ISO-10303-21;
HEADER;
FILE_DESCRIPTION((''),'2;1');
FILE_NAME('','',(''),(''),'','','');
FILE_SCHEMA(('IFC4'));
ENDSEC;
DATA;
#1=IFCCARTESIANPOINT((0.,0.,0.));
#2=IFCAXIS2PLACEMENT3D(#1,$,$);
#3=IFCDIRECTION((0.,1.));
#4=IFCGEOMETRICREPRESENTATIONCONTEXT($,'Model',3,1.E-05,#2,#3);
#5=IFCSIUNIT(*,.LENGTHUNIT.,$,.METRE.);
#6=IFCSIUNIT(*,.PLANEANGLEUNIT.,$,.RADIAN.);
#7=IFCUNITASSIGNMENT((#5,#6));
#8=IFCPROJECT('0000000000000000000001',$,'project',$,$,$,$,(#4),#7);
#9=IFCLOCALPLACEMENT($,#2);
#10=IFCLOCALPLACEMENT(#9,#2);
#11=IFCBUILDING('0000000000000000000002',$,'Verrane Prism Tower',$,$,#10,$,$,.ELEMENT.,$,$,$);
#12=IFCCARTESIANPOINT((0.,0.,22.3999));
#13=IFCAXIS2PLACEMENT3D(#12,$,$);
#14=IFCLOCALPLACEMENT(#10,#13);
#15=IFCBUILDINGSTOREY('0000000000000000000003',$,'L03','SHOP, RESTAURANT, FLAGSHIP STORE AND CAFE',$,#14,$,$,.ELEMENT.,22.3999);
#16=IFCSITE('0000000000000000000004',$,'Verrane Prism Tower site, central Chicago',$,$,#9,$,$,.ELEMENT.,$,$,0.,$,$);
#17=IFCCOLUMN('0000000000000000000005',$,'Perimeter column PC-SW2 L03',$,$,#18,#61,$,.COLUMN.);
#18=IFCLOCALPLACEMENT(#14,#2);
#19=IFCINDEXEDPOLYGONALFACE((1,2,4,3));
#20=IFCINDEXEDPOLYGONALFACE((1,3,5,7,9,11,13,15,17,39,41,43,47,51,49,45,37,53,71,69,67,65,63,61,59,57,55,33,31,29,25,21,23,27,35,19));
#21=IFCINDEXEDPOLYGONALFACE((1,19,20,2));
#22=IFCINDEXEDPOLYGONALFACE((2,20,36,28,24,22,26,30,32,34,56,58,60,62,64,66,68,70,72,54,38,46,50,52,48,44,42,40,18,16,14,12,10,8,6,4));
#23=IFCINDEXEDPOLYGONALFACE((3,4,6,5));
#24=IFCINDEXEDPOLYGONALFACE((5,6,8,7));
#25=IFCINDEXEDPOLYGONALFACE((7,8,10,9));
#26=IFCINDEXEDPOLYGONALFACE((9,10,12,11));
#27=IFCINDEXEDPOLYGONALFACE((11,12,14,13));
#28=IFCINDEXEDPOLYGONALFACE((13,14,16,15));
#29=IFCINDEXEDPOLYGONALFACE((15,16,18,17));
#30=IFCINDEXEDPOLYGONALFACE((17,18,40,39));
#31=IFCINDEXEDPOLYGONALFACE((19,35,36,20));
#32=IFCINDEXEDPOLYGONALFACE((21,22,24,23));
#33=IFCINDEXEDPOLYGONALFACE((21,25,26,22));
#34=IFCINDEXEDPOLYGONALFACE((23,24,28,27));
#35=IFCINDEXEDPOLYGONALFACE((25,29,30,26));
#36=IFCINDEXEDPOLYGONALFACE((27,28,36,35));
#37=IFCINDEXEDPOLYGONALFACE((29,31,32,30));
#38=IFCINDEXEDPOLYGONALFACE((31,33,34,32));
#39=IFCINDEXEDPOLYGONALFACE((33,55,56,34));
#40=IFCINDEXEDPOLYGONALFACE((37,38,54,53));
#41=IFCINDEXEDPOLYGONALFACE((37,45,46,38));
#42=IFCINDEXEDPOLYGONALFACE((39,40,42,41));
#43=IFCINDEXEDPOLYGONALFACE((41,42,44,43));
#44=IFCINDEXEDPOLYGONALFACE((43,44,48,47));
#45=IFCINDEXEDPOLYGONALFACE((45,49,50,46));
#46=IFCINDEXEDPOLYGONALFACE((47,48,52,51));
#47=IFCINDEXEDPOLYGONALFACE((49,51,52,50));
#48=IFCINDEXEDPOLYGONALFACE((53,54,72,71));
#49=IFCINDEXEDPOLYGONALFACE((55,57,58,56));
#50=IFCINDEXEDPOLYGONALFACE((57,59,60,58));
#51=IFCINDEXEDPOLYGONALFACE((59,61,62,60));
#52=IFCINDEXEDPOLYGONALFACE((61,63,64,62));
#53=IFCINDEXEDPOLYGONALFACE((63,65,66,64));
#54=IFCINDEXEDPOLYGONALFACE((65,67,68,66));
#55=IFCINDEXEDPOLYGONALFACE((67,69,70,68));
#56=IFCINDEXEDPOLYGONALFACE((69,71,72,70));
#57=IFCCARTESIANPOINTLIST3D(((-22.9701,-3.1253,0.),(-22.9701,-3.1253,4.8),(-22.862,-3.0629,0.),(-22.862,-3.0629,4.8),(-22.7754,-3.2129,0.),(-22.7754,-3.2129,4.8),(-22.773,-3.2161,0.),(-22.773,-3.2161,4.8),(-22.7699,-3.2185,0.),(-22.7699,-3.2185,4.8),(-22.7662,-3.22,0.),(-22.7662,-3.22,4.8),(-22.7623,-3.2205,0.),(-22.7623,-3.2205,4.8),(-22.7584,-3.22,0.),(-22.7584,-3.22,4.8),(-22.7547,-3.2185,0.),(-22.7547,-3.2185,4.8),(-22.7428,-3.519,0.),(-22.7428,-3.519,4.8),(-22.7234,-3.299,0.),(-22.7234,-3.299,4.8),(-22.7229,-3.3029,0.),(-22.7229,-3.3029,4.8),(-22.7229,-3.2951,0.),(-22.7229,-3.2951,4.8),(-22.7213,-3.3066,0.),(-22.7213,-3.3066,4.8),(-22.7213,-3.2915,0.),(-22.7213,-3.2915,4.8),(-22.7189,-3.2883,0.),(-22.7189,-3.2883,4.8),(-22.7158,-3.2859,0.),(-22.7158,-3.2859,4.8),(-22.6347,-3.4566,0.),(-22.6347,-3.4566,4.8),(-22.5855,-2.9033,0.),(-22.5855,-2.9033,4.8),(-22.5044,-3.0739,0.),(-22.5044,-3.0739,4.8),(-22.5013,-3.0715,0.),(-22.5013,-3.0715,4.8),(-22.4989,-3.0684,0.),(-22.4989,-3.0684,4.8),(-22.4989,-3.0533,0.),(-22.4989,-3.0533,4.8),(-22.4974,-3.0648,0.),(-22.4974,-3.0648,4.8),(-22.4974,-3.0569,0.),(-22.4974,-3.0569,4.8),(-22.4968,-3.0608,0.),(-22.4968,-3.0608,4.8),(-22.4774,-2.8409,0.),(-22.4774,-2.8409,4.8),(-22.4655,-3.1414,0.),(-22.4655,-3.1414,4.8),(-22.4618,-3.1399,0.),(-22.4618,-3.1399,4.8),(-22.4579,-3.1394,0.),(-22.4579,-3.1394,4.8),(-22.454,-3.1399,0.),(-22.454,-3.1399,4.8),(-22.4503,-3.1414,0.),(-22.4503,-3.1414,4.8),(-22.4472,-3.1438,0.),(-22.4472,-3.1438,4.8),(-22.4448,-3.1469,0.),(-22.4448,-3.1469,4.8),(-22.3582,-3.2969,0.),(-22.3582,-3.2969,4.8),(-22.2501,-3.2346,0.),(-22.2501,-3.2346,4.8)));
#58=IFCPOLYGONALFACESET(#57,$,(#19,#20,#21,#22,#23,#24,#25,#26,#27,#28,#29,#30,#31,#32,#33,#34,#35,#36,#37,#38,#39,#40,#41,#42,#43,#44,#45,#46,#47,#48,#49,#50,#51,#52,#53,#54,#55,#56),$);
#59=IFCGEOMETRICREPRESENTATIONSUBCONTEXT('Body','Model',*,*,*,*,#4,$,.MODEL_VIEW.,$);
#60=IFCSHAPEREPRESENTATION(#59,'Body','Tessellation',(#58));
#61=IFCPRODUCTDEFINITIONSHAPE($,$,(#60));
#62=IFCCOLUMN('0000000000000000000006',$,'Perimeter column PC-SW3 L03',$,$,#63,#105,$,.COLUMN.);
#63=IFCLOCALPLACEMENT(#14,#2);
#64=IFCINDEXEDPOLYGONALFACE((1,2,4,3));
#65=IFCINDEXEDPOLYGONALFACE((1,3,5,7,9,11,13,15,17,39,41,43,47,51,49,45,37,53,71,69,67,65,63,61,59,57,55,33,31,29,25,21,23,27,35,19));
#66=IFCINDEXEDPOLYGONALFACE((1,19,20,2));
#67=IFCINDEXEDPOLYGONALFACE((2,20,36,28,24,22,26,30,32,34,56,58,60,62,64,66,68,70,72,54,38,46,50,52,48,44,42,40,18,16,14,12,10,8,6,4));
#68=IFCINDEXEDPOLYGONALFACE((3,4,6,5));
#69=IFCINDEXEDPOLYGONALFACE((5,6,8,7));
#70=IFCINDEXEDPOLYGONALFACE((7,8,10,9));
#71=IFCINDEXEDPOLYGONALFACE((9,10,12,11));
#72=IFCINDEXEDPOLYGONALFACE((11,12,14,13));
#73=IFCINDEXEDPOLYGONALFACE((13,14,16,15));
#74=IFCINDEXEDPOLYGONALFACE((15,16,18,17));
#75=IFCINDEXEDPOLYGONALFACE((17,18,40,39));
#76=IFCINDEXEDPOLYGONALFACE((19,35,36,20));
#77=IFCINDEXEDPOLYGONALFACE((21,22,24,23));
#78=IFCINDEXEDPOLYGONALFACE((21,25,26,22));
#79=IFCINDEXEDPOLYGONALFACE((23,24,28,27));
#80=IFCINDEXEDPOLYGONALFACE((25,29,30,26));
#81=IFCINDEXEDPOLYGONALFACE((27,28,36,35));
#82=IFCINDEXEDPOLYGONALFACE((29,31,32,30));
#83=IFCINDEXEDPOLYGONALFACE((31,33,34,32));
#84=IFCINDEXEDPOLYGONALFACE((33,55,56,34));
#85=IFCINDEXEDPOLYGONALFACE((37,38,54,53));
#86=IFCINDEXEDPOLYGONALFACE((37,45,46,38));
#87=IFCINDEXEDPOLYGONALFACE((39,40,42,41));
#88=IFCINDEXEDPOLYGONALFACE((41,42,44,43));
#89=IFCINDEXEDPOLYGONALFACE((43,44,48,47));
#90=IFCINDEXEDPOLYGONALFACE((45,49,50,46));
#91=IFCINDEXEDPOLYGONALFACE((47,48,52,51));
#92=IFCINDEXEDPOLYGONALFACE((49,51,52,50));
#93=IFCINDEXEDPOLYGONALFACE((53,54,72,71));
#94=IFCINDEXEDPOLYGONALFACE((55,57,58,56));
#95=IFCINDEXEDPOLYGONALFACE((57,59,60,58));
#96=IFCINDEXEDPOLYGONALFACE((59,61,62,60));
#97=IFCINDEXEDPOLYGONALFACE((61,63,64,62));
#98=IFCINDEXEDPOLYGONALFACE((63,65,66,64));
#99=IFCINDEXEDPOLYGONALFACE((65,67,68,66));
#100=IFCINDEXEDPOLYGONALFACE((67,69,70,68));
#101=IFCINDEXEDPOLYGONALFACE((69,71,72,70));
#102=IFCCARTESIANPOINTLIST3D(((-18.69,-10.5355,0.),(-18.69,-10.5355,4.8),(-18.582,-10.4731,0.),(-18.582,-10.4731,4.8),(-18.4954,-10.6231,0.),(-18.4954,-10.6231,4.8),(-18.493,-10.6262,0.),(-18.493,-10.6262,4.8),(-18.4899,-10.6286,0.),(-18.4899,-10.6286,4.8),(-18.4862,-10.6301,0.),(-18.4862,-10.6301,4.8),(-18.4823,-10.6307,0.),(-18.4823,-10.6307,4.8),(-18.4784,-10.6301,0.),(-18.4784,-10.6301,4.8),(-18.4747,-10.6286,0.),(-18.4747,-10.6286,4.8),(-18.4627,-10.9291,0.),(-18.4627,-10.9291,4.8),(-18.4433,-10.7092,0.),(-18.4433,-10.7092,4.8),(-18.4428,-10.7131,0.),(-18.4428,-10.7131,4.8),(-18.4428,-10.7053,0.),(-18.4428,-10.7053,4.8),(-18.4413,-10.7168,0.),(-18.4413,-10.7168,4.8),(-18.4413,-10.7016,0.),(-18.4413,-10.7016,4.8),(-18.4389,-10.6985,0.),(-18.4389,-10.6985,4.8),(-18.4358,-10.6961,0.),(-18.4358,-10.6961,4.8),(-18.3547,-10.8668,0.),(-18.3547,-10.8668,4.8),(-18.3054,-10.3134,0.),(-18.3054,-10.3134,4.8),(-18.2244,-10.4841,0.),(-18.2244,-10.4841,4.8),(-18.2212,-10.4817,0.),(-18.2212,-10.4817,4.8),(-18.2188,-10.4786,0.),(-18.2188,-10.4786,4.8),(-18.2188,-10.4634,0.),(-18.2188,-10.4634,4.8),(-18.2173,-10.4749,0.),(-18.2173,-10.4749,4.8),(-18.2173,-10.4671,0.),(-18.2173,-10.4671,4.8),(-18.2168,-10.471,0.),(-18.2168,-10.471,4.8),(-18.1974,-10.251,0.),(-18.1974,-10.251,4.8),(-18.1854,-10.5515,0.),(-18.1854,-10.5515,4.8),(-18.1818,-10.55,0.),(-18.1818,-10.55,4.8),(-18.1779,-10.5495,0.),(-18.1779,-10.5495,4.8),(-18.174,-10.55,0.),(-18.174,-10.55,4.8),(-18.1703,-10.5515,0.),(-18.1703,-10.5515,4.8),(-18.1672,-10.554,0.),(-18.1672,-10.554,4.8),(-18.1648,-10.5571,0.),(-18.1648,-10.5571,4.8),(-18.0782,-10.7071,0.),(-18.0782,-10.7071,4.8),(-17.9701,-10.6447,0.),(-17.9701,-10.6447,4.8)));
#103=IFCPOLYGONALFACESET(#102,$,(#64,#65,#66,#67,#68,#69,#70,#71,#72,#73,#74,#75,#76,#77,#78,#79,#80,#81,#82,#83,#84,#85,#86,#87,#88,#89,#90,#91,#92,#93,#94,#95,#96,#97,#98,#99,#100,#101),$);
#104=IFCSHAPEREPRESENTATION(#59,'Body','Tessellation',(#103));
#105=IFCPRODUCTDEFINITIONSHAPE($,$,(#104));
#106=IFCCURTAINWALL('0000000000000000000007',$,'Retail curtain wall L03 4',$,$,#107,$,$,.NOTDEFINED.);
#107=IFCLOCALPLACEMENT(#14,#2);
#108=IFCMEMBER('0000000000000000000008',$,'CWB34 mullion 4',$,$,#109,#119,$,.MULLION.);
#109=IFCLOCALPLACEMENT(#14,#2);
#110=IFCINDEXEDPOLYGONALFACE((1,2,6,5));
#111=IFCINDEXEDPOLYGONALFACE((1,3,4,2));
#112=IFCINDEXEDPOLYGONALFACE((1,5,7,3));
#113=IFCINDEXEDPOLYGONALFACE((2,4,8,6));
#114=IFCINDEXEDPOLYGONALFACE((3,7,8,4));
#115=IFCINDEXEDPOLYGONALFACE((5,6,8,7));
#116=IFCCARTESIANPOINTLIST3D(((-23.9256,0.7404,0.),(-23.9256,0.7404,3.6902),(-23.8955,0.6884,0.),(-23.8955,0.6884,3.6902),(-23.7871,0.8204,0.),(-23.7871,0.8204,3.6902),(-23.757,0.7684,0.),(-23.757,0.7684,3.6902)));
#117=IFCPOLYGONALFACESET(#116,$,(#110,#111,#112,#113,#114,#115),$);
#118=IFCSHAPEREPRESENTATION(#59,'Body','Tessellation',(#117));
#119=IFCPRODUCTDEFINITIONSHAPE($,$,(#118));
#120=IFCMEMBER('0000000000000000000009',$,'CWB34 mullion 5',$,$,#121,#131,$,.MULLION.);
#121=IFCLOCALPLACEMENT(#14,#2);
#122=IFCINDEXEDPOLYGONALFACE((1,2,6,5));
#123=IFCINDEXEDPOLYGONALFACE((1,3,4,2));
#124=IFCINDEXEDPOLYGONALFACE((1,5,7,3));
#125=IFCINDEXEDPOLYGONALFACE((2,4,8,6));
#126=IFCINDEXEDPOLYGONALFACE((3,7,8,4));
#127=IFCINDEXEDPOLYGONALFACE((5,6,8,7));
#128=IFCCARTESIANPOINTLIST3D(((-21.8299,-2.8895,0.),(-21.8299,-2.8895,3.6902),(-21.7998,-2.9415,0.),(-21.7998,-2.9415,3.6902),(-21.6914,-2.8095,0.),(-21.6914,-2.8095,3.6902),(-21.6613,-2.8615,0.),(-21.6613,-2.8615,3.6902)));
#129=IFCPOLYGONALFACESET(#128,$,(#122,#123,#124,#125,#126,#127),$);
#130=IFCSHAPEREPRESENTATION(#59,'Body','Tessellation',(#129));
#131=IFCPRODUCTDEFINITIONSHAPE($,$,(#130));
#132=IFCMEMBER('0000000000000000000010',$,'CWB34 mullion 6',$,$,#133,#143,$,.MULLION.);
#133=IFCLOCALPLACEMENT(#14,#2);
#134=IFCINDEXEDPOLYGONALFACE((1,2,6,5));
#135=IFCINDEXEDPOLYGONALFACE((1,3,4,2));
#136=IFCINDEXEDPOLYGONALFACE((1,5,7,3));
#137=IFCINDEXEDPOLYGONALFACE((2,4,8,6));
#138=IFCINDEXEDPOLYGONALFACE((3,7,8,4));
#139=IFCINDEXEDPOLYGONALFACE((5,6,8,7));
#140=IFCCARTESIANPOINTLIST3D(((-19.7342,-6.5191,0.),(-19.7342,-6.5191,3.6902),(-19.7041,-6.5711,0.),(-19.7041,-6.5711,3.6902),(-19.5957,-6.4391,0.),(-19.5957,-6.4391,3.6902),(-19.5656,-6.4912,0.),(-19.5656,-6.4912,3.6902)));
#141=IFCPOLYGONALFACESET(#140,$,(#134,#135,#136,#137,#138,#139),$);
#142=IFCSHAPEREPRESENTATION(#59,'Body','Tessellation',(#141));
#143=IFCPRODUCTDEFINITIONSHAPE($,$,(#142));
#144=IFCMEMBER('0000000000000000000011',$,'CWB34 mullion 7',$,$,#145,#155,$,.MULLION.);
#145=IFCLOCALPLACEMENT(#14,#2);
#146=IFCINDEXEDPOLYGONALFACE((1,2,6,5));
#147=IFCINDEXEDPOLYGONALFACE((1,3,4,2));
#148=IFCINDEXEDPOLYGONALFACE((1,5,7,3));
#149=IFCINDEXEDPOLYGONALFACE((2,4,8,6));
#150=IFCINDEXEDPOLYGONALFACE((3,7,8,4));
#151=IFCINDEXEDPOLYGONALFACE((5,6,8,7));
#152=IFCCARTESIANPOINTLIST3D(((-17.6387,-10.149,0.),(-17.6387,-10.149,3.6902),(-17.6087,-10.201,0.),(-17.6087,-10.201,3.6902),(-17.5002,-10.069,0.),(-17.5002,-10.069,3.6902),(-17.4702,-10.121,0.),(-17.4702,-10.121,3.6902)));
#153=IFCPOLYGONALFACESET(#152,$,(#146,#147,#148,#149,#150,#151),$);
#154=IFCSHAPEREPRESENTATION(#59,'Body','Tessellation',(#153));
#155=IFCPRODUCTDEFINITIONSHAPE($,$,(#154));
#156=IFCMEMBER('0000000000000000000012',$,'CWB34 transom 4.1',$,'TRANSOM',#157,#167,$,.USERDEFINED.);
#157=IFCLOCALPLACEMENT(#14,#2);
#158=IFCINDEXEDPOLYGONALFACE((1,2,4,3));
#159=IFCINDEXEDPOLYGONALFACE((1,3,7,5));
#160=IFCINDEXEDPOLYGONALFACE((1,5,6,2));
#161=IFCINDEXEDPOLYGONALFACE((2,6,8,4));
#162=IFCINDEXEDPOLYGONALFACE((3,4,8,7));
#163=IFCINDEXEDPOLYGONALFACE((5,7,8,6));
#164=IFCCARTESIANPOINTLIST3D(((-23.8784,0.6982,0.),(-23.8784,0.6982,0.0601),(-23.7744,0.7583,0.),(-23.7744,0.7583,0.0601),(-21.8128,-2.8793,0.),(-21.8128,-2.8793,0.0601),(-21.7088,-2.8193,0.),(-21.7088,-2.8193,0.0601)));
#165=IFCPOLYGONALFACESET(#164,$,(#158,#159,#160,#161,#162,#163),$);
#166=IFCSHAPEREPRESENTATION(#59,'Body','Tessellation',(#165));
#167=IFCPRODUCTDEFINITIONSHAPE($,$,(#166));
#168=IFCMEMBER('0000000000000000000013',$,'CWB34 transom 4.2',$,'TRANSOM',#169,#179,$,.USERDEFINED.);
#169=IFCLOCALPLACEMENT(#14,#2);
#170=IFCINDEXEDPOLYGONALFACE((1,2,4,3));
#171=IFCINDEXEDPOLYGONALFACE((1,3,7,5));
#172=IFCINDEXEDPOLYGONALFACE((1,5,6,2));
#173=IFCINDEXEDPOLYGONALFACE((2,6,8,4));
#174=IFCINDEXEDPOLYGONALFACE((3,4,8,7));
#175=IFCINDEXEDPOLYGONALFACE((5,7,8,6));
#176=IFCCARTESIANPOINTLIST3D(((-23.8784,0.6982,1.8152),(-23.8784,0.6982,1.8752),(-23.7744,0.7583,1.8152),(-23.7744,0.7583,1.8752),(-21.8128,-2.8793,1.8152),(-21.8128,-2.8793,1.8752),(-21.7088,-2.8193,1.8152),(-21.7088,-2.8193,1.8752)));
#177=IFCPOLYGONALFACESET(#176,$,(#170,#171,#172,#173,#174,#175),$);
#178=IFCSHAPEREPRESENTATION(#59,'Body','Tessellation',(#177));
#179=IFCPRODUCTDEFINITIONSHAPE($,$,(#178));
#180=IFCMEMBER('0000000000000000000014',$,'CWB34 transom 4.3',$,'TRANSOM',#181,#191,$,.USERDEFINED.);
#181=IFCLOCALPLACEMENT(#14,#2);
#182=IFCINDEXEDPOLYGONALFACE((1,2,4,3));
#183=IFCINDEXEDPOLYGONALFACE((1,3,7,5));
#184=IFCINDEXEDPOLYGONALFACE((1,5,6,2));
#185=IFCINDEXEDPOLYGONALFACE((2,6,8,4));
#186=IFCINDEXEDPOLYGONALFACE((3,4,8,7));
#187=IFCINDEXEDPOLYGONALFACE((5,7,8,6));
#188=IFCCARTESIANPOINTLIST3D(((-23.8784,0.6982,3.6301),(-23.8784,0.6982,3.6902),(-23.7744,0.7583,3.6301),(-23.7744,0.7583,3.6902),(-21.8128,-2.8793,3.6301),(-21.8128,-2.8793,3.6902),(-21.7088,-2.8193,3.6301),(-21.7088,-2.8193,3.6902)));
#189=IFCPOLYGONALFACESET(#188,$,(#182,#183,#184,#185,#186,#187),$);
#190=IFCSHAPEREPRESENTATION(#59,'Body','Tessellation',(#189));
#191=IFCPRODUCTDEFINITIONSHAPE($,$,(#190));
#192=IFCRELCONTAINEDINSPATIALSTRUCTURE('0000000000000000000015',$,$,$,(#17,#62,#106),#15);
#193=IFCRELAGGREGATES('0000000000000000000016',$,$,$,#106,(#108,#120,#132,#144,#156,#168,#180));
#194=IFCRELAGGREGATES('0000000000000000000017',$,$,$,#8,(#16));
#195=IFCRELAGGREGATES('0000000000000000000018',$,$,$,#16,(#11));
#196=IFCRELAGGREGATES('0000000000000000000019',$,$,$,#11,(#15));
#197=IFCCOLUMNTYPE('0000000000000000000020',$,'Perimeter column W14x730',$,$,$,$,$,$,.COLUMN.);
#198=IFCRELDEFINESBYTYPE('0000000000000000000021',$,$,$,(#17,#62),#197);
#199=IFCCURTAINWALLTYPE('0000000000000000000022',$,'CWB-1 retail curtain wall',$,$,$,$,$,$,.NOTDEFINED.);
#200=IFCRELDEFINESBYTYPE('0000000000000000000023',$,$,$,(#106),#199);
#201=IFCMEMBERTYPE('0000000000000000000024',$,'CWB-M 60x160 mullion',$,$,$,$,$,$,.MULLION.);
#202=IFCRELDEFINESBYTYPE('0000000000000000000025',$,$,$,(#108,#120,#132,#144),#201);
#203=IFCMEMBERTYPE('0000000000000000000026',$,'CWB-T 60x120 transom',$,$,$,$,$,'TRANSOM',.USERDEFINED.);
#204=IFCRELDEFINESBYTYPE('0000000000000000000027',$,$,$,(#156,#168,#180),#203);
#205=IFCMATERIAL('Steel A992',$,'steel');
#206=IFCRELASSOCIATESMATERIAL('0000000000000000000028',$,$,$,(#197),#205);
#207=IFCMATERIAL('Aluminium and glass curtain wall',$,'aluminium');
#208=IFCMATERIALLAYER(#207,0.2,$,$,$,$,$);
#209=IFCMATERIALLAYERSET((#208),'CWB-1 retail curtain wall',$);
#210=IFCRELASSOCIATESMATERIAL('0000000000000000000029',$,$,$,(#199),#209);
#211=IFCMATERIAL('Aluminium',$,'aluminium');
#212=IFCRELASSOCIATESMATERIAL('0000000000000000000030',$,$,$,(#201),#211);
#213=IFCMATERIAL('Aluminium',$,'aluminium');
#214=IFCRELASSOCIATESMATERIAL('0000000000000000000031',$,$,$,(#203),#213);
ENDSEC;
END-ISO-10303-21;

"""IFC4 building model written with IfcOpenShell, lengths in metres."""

from ifc_helpers import new_model, si_unit, direction, frame, origin, origin_2d, place, context, subcontext, project, spatial, rectangle, i_section, extrude, material, layer, layer_set, material_profile, profile_set, type_object, element, aggregate, save


model = new_model("IFC4")

# Units and contexts
model_context = context("Model", 3, precision=1e-05, world=origin(), true_north=direction((0.0, 1.0)))
body_context = subcontext(model_context, "Body", "Model", "MODEL_VIEW")
ifc_project = project(units=[si_unit("LENGTHUNIT", "METRE"), si_unit("PLANEANGLEUNIT", "RADIAN")], contexts=[model_context])

# Site, building, storey
site_placement = place(None, origin())
site = spatial("IfcSite", under=ifc_project, at=site_placement, Name="Verrane Prism Tower site, central Chicago", CompositionType="ELEMENT", RefElevation=0.0)
building_placement = place(site_placement, origin())
building = spatial("IfcBuilding", under=site, at=building_placement, Name="Verrane Prism Tower", CompositionType="ELEMENT")
storey_placement = place(building_placement, frame((0.0, 0.0, 22.3999)))
storey = spatial("IfcBuildingStorey", under=building, at=storey_placement, Name="L03", Description="SHOP, RESTAURANT, FLAGSHIP STORE AND CAFE", CompositionType="ELEMENT", Elevation=22.3999)

# Columns
ifc_material_1 = material(Name="Steel A992", Category="steel")
ifc_material_profile_1 = material_profile(ifc_material_1, i_section(OverallWidth=0.4546, OverallDepth=0.5688, WebThickness=0.0779, FlangeThickness=0.1248, FilletRadius=0.0151, at=origin_2d()), Name="W14x730")
ifc_profile_set_1 = profile_set([ifc_material_profile_1], Name="Steel A992")
column_type = type_object("IfcColumnType", Name="Perimeter column W14x730", PredefinedType="COLUMN", material=ifc_profile_set_1)
for number, where, z_axis, x_axis, name in (
    (1, (-22.6101, -3.1799, 0.0), (0.0, 0.0, 1.0), (-0.5, 0.866025, 0.0), "Perimeter column PC-SW2 L03"),
    (2, (-18.3301, -10.5901, 0.0), (0.0, 0.0, 1.0), (-0.5, 0.866025, 0.0), "Perimeter column PC-SW3 L03"),
):
    element("IfcColumn", number, at=place(storey_placement, frame(where, z_axis=z_axis, x_axis=x_axis)), inside=storey, type_object=column_type, Name=name, PredefinedType="COLUMN", context=body_context, shape_type="SweptSolid", body=[
        extrude(i_section(OverallWidth=0.4546, OverallDepth=0.5688, WebThickness=0.0779, FlangeThickness=0.1248, FilletRadius=0.0151, at=origin_2d()), origin(), (0.0, 0.0, 1.0), 4.8),
    ])

# Curtain wall, members
ifc_material_2 = material(Name="Aluminium and glass curtain wall", Category="aluminium")
ifc_layer_1 = layer(ifc_material_2, 0.2)
ifc_layer_set_1 = layer_set([ifc_layer_1], Name="CWB-1 retail curtain wall")
curtain_wall_type = type_object("IfcCurtainWallType", Name="CWB-1 retail curtain wall", PredefinedType="NOTDEFINED", material=ifc_layer_set_1)
curtain_wall_placement = place(storey_placement, origin())
curtain_wall = element("IfcCurtainWall", 3, at=curtain_wall_placement, inside=storey, type_object=curtain_wall_type, Name="Retail curtain wall L03 4", PredefinedType="NOTDEFINED")
ifc_material_3 = material(Name="Aluminium", Category="aluminium")
ifc_material_profile_2 = material_profile(ifc_material_3, rectangle(XDim=0.1599, YDim=0.0601, at=origin_2d()), Name="CWB-M 60x160 mullion")
ifc_profile_set_2 = profile_set([ifc_material_profile_2], Name="Aluminium")
member_type_1 = type_object("IfcMemberType", Name="CWB-M 60x160 mullion", PredefinedType="MULLION", material=ifc_profile_set_2)
member_1_placement = place(storey_placement, frame((-23.8413, 0.7544, 0.0), z_axis=(0.0, 0.0, 1.0), x_axis=(0.866025, 0.5, 0.0)))
member_1 = element("IfcMember", 4, at=member_1_placement, type_object=member_type_1, Name="CWB34 mullion 4", PredefinedType="MULLION", context=body_context, shape_type="SweptSolid", body=[
    extrude(rectangle(XDim=0.1599, YDim=0.0601, at=origin_2d()), origin(), (0.0, 0.0, 1.0), 3.6902),
])
member_2_placement = place(storey_placement, frame((-21.7456, -2.8755, 0.0), z_axis=(0.0, 0.0, 1.0), x_axis=(0.866025, 0.5, 0.0)))
member_2 = element("IfcMember", 5, at=member_2_placement, type_object=member_type_1, Name="CWB34 mullion 5", PredefinedType="MULLION", context=body_context, shape_type="SweptSolid", body=[
    extrude(rectangle(XDim=0.1599, YDim=0.0601, at=origin_2d()), origin(), (0.0, 0.0, 1.0), 3.6902),
])
member_3_placement = place(storey_placement, frame((-19.6499, -6.5051, 0.0), z_axis=(0.0, 0.0, 1.0), x_axis=(0.866025, 0.5, 0.0)))
member_3 = element("IfcMember", 6, at=member_3_placement, type_object=member_type_1, Name="CWB34 mullion 6", PredefinedType="MULLION", context=body_context, shape_type="SweptSolid", body=[
    extrude(rectangle(XDim=0.1599, YDim=0.0601, at=origin_2d()), origin(), (0.0, 0.0, 1.0), 3.6902),
])
member_4_placement = place(storey_placement, frame((-17.5544, -10.135, 0.0), z_axis=(0.0, 0.0, 1.0), x_axis=(0.866025, 0.5, 0.0)))
member_4 = element("IfcMember", 7, at=member_4_placement, type_object=member_type_1, Name="CWB34 mullion 7", PredefinedType="MULLION", context=body_context, shape_type="SweptSolid", body=[
    extrude(rectangle(XDim=0.1599, YDim=0.0601, at=origin_2d()), origin(), (0.0, 0.0, 1.0), 3.6902),
])
ifc_material_4 = material(Name="Aluminium", Category="aluminium")
ifc_material_profile_3 = material_profile(ifc_material_4, rectangle(XDim=0.1201, YDim=0.0601, at=origin_2d()), Name="CWB-T 60x120 transom")
ifc_profile_set_3 = profile_set([ifc_material_profile_3], Name="Aluminium")
member_type_2 = type_object("IfcMemberType", Name="CWB-T 60x120 transom", ElementType="TRANSOM", PredefinedType="USERDEFINED", material=ifc_profile_set_3)
member_5_placement = place(storey_placement, frame((-23.8264, 0.7283, 0.03), z_axis=(0.500023, -0.866012, 0.0), x_axis=(0.866012, 0.500023, 0.0)))
member_5 = element("IfcMember", 8, at=member_5_placement, type_object=member_type_2, Name="CWB34 transom 4.1", ObjectType="TRANSOM", PredefinedType="USERDEFINED", context=body_context, shape_type="SweptSolid", body=[
    extrude(rectangle(XDim=0.1201, YDim=0.0601, at=origin_2d()), origin(), (0.0, 0.0, 1.0), 4.1311),
])
member_6_placement = place(storey_placement, frame((-23.8264, 0.7283, 1.8452), z_axis=(0.500023, -0.866012, 0.0), x_axis=(0.866012, 0.500023, 0.0)))
member_6 = element("IfcMember", 9, at=member_6_placement, type_object=member_type_2, Name="CWB34 transom 4.2", ObjectType="TRANSOM", PredefinedType="USERDEFINED", context=body_context, shape_type="SweptSolid", body=[
    extrude(rectangle(XDim=0.1201, YDim=0.0601, at=origin_2d()), origin(), (0.0, 0.0, 1.0), 4.1311),
])
member_7_placement = place(storey_placement, frame((-23.8264, 0.7283, 3.6602), z_axis=(0.500023, -0.866012, 0.0), x_axis=(0.866012, 0.500023, 0.0)))
member_7 = element("IfcMember", 10, at=member_7_placement, type_object=member_type_2, Name="CWB34 transom 4.3", ObjectType="TRANSOM", PredefinedType="USERDEFINED", context=body_context, shape_type="SweptSolid", body=[
    extrude(rectangle(XDim=0.1201, YDim=0.0601, at=origin_2d()), origin(), (0.0, 0.0, 1.0), 4.1311),
])

aggregate(curtain_wall, [member_1, member_2, member_3, member_4, member_5, member_6, member_7])

save(model, "model.ifc")
